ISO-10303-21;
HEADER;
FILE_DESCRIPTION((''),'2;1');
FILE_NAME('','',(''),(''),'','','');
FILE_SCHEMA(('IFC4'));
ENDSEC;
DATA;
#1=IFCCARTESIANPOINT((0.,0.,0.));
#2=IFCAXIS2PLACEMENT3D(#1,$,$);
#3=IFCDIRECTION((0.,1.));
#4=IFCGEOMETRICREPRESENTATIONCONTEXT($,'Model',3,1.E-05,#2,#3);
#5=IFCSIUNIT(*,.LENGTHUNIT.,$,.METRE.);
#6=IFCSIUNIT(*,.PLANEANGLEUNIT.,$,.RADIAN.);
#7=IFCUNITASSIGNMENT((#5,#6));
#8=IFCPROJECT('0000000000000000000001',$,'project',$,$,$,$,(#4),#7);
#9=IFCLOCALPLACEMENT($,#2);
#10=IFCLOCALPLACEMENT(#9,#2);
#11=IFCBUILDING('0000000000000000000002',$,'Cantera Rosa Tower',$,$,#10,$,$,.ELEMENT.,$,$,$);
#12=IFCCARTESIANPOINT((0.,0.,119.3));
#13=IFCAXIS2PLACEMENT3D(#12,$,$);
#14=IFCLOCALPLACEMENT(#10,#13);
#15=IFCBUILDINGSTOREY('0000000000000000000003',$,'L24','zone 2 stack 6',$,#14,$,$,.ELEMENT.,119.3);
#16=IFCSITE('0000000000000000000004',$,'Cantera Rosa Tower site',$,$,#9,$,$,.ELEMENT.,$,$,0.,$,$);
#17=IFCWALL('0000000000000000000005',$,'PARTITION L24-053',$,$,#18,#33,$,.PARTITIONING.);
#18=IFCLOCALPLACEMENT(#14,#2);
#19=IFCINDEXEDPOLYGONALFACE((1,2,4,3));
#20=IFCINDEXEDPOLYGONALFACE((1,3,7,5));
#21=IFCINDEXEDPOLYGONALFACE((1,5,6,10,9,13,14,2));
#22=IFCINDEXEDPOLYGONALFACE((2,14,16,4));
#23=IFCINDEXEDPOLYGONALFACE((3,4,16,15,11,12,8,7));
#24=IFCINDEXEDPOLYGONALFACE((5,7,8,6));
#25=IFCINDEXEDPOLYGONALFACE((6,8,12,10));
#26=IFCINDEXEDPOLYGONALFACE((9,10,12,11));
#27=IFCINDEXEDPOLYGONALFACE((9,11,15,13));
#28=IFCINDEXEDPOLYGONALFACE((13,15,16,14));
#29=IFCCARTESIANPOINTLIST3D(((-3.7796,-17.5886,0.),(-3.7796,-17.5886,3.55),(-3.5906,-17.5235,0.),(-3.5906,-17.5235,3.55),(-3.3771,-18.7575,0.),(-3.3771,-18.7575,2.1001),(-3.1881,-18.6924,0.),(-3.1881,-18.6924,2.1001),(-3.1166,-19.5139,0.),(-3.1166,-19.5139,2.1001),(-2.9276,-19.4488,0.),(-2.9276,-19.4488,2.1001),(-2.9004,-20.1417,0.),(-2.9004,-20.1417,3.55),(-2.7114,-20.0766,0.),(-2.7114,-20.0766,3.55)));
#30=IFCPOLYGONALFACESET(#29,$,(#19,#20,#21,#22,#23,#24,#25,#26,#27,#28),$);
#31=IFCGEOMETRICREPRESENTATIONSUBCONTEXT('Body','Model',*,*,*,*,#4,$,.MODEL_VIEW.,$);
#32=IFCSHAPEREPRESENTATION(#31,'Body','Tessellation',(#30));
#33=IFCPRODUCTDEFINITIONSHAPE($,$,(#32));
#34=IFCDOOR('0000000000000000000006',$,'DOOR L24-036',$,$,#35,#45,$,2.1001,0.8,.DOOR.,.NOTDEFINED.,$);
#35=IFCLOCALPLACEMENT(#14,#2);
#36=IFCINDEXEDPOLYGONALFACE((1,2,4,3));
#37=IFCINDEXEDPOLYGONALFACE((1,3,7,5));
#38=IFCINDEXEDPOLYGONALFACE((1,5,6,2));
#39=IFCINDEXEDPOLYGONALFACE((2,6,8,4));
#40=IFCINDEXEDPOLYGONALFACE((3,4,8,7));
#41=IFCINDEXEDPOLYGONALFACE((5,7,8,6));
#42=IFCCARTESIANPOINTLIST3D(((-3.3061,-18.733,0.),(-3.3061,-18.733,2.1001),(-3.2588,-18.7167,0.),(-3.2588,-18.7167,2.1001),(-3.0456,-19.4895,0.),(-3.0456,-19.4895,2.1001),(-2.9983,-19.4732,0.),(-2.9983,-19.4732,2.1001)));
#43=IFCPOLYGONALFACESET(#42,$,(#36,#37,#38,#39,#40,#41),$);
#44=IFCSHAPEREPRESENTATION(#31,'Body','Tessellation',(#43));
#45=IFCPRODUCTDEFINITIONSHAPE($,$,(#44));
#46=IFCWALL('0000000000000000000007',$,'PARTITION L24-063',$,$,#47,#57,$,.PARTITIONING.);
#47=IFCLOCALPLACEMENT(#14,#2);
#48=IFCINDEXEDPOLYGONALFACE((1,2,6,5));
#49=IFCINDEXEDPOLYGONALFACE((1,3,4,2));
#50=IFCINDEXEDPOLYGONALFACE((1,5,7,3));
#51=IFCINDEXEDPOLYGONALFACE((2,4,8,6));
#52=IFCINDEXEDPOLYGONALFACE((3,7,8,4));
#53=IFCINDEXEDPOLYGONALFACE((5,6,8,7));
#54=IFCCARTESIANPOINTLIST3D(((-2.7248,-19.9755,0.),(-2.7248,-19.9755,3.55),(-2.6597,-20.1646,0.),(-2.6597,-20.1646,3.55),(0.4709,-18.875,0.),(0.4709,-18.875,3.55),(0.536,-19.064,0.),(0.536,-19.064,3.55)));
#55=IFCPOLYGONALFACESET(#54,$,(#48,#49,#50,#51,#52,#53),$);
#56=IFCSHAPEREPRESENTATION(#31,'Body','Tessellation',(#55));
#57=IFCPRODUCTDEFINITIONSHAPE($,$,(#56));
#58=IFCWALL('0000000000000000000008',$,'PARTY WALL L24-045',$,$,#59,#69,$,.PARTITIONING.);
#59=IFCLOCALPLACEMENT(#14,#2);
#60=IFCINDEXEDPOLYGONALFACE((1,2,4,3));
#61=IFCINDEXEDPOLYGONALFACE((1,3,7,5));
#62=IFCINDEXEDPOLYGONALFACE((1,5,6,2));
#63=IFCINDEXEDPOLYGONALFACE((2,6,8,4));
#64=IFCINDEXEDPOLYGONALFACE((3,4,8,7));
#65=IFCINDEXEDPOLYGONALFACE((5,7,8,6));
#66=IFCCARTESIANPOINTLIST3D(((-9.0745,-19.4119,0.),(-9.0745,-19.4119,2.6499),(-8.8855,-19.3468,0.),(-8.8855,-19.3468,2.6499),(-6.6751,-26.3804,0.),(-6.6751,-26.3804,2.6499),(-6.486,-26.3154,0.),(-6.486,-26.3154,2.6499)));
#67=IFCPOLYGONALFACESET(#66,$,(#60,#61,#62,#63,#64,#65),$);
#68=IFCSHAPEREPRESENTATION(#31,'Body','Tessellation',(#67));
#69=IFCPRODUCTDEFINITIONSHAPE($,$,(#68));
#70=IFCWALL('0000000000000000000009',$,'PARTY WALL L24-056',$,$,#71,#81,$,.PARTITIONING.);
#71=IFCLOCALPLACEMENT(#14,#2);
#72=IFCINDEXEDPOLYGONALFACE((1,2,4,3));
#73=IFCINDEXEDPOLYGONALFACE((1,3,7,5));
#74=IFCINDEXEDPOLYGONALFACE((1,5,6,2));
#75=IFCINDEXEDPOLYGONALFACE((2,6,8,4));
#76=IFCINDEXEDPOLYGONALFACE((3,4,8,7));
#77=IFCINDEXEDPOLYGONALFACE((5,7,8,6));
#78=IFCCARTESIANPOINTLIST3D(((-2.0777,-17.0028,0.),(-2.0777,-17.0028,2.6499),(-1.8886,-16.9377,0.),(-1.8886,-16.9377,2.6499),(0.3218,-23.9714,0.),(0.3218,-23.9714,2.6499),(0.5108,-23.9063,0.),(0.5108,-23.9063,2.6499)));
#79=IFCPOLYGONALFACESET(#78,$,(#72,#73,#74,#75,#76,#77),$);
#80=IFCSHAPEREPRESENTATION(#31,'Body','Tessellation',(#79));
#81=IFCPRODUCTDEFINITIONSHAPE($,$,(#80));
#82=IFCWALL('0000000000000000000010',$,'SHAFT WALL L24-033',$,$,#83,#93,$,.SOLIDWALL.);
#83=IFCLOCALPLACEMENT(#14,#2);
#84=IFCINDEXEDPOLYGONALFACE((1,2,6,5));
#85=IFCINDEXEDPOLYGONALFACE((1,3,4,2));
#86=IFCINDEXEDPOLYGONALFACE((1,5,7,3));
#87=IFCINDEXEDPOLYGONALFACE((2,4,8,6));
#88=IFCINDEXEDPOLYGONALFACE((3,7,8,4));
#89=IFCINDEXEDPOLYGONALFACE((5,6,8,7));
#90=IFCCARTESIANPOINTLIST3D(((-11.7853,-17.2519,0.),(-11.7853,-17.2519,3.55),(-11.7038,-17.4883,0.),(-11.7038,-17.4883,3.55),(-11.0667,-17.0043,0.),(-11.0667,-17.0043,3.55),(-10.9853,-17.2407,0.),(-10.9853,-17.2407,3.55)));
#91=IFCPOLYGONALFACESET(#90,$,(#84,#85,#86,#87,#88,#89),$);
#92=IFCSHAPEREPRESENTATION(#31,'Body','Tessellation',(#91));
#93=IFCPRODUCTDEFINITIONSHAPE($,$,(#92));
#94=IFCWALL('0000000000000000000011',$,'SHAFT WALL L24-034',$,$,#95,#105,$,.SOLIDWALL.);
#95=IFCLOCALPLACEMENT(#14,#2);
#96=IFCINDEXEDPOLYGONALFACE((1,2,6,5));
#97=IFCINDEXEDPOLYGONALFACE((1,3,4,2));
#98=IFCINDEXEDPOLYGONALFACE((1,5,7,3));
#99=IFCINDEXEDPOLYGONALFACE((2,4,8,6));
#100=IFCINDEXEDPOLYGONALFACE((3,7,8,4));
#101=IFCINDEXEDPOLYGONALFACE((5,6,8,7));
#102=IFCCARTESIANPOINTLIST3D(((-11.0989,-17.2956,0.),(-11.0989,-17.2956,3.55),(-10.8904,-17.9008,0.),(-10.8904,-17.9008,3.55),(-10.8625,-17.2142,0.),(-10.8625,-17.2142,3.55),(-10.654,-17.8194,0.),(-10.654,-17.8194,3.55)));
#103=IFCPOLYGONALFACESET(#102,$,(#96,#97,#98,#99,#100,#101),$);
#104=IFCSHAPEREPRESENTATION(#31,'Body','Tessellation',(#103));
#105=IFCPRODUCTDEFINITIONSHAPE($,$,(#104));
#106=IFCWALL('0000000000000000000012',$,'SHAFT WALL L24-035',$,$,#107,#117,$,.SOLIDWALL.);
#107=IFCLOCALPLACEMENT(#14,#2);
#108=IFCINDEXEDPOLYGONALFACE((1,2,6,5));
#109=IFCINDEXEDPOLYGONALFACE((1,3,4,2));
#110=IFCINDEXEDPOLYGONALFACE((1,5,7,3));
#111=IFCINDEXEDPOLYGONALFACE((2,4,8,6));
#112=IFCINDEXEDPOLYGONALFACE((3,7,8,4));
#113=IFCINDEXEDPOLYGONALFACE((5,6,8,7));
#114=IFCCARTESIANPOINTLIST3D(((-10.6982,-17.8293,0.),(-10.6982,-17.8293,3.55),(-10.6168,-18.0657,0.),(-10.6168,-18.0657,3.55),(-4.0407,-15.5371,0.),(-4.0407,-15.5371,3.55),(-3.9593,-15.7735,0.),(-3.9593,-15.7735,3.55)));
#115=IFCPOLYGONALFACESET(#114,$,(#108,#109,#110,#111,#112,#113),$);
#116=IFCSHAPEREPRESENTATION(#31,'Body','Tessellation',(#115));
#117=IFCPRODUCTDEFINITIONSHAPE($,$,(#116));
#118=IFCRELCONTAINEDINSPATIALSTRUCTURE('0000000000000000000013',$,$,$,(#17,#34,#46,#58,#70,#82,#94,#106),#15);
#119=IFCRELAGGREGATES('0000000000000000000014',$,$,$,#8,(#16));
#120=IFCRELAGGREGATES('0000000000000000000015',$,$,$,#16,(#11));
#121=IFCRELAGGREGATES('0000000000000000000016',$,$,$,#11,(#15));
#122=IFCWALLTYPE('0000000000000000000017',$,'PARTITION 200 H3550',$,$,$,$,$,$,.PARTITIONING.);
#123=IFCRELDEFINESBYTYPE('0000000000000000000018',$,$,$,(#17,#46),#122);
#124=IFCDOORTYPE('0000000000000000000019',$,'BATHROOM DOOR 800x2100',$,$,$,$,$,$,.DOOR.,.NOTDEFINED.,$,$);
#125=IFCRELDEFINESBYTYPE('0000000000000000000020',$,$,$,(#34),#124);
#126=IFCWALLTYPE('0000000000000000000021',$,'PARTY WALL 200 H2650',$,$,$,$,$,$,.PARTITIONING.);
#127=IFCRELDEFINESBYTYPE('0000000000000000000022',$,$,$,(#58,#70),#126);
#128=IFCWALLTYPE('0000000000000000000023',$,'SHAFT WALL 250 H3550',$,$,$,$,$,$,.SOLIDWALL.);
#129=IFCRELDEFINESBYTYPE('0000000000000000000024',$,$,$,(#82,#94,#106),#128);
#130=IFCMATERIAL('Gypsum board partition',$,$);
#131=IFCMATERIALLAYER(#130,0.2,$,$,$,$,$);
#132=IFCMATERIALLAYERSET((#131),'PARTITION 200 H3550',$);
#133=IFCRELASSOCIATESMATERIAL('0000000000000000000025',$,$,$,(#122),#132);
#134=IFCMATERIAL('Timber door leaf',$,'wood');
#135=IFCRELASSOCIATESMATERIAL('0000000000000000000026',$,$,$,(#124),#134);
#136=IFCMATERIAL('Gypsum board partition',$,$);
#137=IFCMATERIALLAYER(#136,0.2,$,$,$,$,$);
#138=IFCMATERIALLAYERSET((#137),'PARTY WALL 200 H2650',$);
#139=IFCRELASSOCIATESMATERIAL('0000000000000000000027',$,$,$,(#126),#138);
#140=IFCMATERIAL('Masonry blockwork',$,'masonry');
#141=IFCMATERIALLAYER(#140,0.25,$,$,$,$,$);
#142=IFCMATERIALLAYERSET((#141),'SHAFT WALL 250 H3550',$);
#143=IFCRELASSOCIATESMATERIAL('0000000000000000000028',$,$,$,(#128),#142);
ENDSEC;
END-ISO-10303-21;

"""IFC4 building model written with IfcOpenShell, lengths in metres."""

from ifc_helpers import new_model, si_unit, direction, frame, frame_2d, origin, place, context, subcontext, project, spatial, rectangle, extrude, material, layer, layer_set, type_object, element, fill, save


model = new_model("IFC4")

# Units and contexts
model_context = context("Model", 3, precision=1e-05, world=origin(), true_north=direction((0.0, 1.0)))
body_context = subcontext(model_context, "Body", "Model", "MODEL_VIEW")
ifc_project = project(units=[si_unit("LENGTHUNIT", "METRE"), si_unit("PLANEANGLEUNIT", "RADIAN")], contexts=[model_context])

# Site, building, storey
site_placement = place(None, origin())
site = spatial("IfcSite", under=ifc_project, at=site_placement, Name="Cantera Rosa Tower site", CompositionType="ELEMENT", RefElevation=0.0)
building_placement = place(site_placement, origin())
building = spatial("IfcBuilding", under=site, at=building_placement, Name="Cantera Rosa Tower", CompositionType="ELEMENT")
storey_placement = place(building_placement, frame((0.0, 0.0, 119.3)))
storey = spatial("IfcBuildingStorey", under=building, at=storey_placement, Name="L24", Description="zone 2 stack 6", CompositionType="ELEMENT", Elevation=119.3)

# Shared definitions
ifc_material_1 = material(Name="Gypsum board partition")
ifc_layer_1 = layer(ifc_material_1, 0.2)
ifc_layer_set_1 = layer_set([ifc_layer_1], Name="PARTITION 200 H3550")
wall_type_1 = type_object("IfcWallType", Name="PARTITION 200 H3550", PredefinedType="PARTITIONING", material=ifc_layer_set_1)
ifc_material_2 = material(Name="Timber door leaf", Category="wood")
door_type_1 = type_object("IfcDoorType", Name="BATHROOM DOOR 800x2100", OperationType="NOTDEFINED", PredefinedType="DOOR", material=ifc_material_2)

# Wall, opening, door
wall_1_placement = place(storey_placement, frame((-2.8059, -20.1091, 0.0), z_axis=(0.0, 0.0, 1.0), x_axis=(-0.325598, 0.945508, 0.0)))
wall_1 = element("IfcWall", 1, at=wall_1_placement, inside=storey, type_object=wall_type_1, Name="PARTITION L24-053", PredefinedType="PARTITIONING", context=body_context, shape_type="SweptSolid", body=[
    extrude(rectangle(XDim=2.7002, YDim=0.2, at=frame_2d((1.3501, 0.0))), origin(), (0.0, 0.0, 1.0), 3.55),
])
opening_1_placement = place(wall_1_placement, frame((0.6641, 0.0, 0.0)))
opening_1 = element("IfcOpeningElement", 2, at=opening_1_placement, cuts=wall_1, PredefinedType="OPENING", context=body_context, shape_type="SweptSolid", body=[
    extrude(rectangle(XDim=0.8, YDim=2.1001, at=frame_2d((0.3999, 1.05))), frame((0.0, 0.1099, 0.0), z_axis=(0.0, -1.0, 0.0), x_axis=(1.0, 0.0, 0.0)), (0.0, 0.0, 1.0), 0.22),
])
door_1_placement = place(opening_1_placement, origin())
door_1 = element("IfcDoor", 3, at=door_1_placement, inside=storey, type_object=door_type_1, Name="DOOR L24-036", OperationType="NOTDEFINED", OverallHeight=2.1001, OverallWidth=0.8, PredefinedType="DOOR", context=body_context, shape_type="SweptSolid", body=[
    extrude(rectangle(XDim=0.8, YDim=2.1001, at=frame_2d((0.3999, 1.05))), frame((0.0, 0.0249, 0.0), z_axis=(0.0, -1.0, 0.0), x_axis=(1.0, 0.0, 0.0)), (0.0, 0.0, 1.0), 0.05),
])
fill(opening_1, door_1)

# Walls
wall_2_placement = place(storey_placement, frame((0.5034, -18.9695, 0.0), z_axis=(0.0, 0.0, 1.0), x_axis=(-0.945502, -0.325617, 0.0)))
element("IfcWall", 4, at=wall_2_placement, inside=storey, type_object=wall_type_1, Name="PARTITION L24-063", PredefinedType="PARTITIONING", context=body_context, shape_type="SweptSolid", body=[
    extrude(rectangle(XDim=3.3799, YDim=0.2, at=frame_2d((1.6899, 0.0))), origin(), (0.0, 0.0, 1.0), 3.55),
])
ifc_material_3 = material(Name="Gypsum board partition")
ifc_layer_2 = layer(ifc_material_3, 0.2)
ifc_layer_set_2 = layer_set([ifc_layer_2], Name="PARTY WALL 200 H2650")
wall_type_2 = type_object("IfcWallType", Name="PARTY WALL 200 H2650", PredefinedType="PARTITIONING", material=ifc_layer_set_2)
for number, where, z_axis, x_axis, name in (
    (5, (-6.5806, -26.3479, 0.0), (0.0, 0.0, 1.0), (-0.325564, 0.94552, 0.0), "PARTY WALL L24-045"),
    (6, (-1.9832, -16.9702, 0.0), (0.0, 0.0, 1.0), (0.325564, -0.94552, 0.0), "PARTY WALL L24-056"),
):
    element("IfcWall", number, at=place(storey_placement, frame(where, z_axis=z_axis, x_axis=x_axis)), inside=storey, type_object=wall_type_2, Name=name, PredefinedType="PARTITIONING", context=body_context, shape_type="SweptSolid", body=[
        extrude(rectangle(XDim=7.3701, YDim=0.2, at=frame_2d((3.6851, 0.0))), origin(), (0.0, 0.0, 1.0), 2.6499),
    ])
ifc_material_4 = material(Name="Masonry blockwork", Category="masonry")
ifc_layer_3 = layer(ifc_material_4, 0.25)
ifc_layer_set_3 = layer_set([ifc_layer_3], Name="SHAFT WALL 250 H3550")
wall_type_3 = type_object("IfcWallType", Name="SHAFT WALL 250 H3550", PredefinedType="SOLIDWALL", material=ifc_layer_set_3)
wall_3_placement = place(storey_placement, frame((-11.0261, -17.1226, 0.0), z_axis=(0.0, 0.0, 1.0), x_axis=(-0.945455, -0.325753, 0.0)))
element("IfcWall", 7, at=wall_3_placement, inside=storey, type_object=wall_type_3, Name="SHAFT WALL L24-033", PredefinedType="SOLIDWALL", context=body_context, shape_type="SweptSolid", body=[
    extrude(rectangle(XDim=0.76, YDim=0.25, at=frame_2d((0.3799, 0.0))), origin(), (0.0, 0.0, 1.0), 3.55),
])
wall_4_placement = place(storey_placement, frame((-10.7722, -17.8601, 0.0), z_axis=(0.0, 0.0, 1.0), x_axis=(-0.325709, 0.94547, 0.0)))
element("IfcWall", 8, at=wall_4_placement, inside=storey, type_object=wall_type_3, Name="SHAFT WALL L24-034", PredefinedType="SOLIDWALL", context=body_context, shape_type="SweptSolid", body=[
    extrude(rectangle(XDim=0.6401, YDim=0.25, at=frame_2d((0.3201, 0.0))), origin(), (0.0, 0.0, 1.0), 3.55),
])
wall_5_placement = place(storey_placement, frame((-10.6575, -17.9475, 0.0), z_axis=(0.0, 0.0, 1.0), x_axis=(0.945524, 0.325554, 0.0)))
element("IfcWall", 9, at=wall_5_placement, inside=storey, type_object=wall_type_3, Name="SHAFT WALL L24-035", PredefinedType="SOLIDWALL", context=body_context, shape_type="SweptSolid", body=[
    extrude(rectangle(XDim=7.041, YDim=0.25, at=frame_2d((3.5205, 0.0))), origin(), (0.0, 0.0, 1.0), 3.55),
])

save(model, "model.ifc")
